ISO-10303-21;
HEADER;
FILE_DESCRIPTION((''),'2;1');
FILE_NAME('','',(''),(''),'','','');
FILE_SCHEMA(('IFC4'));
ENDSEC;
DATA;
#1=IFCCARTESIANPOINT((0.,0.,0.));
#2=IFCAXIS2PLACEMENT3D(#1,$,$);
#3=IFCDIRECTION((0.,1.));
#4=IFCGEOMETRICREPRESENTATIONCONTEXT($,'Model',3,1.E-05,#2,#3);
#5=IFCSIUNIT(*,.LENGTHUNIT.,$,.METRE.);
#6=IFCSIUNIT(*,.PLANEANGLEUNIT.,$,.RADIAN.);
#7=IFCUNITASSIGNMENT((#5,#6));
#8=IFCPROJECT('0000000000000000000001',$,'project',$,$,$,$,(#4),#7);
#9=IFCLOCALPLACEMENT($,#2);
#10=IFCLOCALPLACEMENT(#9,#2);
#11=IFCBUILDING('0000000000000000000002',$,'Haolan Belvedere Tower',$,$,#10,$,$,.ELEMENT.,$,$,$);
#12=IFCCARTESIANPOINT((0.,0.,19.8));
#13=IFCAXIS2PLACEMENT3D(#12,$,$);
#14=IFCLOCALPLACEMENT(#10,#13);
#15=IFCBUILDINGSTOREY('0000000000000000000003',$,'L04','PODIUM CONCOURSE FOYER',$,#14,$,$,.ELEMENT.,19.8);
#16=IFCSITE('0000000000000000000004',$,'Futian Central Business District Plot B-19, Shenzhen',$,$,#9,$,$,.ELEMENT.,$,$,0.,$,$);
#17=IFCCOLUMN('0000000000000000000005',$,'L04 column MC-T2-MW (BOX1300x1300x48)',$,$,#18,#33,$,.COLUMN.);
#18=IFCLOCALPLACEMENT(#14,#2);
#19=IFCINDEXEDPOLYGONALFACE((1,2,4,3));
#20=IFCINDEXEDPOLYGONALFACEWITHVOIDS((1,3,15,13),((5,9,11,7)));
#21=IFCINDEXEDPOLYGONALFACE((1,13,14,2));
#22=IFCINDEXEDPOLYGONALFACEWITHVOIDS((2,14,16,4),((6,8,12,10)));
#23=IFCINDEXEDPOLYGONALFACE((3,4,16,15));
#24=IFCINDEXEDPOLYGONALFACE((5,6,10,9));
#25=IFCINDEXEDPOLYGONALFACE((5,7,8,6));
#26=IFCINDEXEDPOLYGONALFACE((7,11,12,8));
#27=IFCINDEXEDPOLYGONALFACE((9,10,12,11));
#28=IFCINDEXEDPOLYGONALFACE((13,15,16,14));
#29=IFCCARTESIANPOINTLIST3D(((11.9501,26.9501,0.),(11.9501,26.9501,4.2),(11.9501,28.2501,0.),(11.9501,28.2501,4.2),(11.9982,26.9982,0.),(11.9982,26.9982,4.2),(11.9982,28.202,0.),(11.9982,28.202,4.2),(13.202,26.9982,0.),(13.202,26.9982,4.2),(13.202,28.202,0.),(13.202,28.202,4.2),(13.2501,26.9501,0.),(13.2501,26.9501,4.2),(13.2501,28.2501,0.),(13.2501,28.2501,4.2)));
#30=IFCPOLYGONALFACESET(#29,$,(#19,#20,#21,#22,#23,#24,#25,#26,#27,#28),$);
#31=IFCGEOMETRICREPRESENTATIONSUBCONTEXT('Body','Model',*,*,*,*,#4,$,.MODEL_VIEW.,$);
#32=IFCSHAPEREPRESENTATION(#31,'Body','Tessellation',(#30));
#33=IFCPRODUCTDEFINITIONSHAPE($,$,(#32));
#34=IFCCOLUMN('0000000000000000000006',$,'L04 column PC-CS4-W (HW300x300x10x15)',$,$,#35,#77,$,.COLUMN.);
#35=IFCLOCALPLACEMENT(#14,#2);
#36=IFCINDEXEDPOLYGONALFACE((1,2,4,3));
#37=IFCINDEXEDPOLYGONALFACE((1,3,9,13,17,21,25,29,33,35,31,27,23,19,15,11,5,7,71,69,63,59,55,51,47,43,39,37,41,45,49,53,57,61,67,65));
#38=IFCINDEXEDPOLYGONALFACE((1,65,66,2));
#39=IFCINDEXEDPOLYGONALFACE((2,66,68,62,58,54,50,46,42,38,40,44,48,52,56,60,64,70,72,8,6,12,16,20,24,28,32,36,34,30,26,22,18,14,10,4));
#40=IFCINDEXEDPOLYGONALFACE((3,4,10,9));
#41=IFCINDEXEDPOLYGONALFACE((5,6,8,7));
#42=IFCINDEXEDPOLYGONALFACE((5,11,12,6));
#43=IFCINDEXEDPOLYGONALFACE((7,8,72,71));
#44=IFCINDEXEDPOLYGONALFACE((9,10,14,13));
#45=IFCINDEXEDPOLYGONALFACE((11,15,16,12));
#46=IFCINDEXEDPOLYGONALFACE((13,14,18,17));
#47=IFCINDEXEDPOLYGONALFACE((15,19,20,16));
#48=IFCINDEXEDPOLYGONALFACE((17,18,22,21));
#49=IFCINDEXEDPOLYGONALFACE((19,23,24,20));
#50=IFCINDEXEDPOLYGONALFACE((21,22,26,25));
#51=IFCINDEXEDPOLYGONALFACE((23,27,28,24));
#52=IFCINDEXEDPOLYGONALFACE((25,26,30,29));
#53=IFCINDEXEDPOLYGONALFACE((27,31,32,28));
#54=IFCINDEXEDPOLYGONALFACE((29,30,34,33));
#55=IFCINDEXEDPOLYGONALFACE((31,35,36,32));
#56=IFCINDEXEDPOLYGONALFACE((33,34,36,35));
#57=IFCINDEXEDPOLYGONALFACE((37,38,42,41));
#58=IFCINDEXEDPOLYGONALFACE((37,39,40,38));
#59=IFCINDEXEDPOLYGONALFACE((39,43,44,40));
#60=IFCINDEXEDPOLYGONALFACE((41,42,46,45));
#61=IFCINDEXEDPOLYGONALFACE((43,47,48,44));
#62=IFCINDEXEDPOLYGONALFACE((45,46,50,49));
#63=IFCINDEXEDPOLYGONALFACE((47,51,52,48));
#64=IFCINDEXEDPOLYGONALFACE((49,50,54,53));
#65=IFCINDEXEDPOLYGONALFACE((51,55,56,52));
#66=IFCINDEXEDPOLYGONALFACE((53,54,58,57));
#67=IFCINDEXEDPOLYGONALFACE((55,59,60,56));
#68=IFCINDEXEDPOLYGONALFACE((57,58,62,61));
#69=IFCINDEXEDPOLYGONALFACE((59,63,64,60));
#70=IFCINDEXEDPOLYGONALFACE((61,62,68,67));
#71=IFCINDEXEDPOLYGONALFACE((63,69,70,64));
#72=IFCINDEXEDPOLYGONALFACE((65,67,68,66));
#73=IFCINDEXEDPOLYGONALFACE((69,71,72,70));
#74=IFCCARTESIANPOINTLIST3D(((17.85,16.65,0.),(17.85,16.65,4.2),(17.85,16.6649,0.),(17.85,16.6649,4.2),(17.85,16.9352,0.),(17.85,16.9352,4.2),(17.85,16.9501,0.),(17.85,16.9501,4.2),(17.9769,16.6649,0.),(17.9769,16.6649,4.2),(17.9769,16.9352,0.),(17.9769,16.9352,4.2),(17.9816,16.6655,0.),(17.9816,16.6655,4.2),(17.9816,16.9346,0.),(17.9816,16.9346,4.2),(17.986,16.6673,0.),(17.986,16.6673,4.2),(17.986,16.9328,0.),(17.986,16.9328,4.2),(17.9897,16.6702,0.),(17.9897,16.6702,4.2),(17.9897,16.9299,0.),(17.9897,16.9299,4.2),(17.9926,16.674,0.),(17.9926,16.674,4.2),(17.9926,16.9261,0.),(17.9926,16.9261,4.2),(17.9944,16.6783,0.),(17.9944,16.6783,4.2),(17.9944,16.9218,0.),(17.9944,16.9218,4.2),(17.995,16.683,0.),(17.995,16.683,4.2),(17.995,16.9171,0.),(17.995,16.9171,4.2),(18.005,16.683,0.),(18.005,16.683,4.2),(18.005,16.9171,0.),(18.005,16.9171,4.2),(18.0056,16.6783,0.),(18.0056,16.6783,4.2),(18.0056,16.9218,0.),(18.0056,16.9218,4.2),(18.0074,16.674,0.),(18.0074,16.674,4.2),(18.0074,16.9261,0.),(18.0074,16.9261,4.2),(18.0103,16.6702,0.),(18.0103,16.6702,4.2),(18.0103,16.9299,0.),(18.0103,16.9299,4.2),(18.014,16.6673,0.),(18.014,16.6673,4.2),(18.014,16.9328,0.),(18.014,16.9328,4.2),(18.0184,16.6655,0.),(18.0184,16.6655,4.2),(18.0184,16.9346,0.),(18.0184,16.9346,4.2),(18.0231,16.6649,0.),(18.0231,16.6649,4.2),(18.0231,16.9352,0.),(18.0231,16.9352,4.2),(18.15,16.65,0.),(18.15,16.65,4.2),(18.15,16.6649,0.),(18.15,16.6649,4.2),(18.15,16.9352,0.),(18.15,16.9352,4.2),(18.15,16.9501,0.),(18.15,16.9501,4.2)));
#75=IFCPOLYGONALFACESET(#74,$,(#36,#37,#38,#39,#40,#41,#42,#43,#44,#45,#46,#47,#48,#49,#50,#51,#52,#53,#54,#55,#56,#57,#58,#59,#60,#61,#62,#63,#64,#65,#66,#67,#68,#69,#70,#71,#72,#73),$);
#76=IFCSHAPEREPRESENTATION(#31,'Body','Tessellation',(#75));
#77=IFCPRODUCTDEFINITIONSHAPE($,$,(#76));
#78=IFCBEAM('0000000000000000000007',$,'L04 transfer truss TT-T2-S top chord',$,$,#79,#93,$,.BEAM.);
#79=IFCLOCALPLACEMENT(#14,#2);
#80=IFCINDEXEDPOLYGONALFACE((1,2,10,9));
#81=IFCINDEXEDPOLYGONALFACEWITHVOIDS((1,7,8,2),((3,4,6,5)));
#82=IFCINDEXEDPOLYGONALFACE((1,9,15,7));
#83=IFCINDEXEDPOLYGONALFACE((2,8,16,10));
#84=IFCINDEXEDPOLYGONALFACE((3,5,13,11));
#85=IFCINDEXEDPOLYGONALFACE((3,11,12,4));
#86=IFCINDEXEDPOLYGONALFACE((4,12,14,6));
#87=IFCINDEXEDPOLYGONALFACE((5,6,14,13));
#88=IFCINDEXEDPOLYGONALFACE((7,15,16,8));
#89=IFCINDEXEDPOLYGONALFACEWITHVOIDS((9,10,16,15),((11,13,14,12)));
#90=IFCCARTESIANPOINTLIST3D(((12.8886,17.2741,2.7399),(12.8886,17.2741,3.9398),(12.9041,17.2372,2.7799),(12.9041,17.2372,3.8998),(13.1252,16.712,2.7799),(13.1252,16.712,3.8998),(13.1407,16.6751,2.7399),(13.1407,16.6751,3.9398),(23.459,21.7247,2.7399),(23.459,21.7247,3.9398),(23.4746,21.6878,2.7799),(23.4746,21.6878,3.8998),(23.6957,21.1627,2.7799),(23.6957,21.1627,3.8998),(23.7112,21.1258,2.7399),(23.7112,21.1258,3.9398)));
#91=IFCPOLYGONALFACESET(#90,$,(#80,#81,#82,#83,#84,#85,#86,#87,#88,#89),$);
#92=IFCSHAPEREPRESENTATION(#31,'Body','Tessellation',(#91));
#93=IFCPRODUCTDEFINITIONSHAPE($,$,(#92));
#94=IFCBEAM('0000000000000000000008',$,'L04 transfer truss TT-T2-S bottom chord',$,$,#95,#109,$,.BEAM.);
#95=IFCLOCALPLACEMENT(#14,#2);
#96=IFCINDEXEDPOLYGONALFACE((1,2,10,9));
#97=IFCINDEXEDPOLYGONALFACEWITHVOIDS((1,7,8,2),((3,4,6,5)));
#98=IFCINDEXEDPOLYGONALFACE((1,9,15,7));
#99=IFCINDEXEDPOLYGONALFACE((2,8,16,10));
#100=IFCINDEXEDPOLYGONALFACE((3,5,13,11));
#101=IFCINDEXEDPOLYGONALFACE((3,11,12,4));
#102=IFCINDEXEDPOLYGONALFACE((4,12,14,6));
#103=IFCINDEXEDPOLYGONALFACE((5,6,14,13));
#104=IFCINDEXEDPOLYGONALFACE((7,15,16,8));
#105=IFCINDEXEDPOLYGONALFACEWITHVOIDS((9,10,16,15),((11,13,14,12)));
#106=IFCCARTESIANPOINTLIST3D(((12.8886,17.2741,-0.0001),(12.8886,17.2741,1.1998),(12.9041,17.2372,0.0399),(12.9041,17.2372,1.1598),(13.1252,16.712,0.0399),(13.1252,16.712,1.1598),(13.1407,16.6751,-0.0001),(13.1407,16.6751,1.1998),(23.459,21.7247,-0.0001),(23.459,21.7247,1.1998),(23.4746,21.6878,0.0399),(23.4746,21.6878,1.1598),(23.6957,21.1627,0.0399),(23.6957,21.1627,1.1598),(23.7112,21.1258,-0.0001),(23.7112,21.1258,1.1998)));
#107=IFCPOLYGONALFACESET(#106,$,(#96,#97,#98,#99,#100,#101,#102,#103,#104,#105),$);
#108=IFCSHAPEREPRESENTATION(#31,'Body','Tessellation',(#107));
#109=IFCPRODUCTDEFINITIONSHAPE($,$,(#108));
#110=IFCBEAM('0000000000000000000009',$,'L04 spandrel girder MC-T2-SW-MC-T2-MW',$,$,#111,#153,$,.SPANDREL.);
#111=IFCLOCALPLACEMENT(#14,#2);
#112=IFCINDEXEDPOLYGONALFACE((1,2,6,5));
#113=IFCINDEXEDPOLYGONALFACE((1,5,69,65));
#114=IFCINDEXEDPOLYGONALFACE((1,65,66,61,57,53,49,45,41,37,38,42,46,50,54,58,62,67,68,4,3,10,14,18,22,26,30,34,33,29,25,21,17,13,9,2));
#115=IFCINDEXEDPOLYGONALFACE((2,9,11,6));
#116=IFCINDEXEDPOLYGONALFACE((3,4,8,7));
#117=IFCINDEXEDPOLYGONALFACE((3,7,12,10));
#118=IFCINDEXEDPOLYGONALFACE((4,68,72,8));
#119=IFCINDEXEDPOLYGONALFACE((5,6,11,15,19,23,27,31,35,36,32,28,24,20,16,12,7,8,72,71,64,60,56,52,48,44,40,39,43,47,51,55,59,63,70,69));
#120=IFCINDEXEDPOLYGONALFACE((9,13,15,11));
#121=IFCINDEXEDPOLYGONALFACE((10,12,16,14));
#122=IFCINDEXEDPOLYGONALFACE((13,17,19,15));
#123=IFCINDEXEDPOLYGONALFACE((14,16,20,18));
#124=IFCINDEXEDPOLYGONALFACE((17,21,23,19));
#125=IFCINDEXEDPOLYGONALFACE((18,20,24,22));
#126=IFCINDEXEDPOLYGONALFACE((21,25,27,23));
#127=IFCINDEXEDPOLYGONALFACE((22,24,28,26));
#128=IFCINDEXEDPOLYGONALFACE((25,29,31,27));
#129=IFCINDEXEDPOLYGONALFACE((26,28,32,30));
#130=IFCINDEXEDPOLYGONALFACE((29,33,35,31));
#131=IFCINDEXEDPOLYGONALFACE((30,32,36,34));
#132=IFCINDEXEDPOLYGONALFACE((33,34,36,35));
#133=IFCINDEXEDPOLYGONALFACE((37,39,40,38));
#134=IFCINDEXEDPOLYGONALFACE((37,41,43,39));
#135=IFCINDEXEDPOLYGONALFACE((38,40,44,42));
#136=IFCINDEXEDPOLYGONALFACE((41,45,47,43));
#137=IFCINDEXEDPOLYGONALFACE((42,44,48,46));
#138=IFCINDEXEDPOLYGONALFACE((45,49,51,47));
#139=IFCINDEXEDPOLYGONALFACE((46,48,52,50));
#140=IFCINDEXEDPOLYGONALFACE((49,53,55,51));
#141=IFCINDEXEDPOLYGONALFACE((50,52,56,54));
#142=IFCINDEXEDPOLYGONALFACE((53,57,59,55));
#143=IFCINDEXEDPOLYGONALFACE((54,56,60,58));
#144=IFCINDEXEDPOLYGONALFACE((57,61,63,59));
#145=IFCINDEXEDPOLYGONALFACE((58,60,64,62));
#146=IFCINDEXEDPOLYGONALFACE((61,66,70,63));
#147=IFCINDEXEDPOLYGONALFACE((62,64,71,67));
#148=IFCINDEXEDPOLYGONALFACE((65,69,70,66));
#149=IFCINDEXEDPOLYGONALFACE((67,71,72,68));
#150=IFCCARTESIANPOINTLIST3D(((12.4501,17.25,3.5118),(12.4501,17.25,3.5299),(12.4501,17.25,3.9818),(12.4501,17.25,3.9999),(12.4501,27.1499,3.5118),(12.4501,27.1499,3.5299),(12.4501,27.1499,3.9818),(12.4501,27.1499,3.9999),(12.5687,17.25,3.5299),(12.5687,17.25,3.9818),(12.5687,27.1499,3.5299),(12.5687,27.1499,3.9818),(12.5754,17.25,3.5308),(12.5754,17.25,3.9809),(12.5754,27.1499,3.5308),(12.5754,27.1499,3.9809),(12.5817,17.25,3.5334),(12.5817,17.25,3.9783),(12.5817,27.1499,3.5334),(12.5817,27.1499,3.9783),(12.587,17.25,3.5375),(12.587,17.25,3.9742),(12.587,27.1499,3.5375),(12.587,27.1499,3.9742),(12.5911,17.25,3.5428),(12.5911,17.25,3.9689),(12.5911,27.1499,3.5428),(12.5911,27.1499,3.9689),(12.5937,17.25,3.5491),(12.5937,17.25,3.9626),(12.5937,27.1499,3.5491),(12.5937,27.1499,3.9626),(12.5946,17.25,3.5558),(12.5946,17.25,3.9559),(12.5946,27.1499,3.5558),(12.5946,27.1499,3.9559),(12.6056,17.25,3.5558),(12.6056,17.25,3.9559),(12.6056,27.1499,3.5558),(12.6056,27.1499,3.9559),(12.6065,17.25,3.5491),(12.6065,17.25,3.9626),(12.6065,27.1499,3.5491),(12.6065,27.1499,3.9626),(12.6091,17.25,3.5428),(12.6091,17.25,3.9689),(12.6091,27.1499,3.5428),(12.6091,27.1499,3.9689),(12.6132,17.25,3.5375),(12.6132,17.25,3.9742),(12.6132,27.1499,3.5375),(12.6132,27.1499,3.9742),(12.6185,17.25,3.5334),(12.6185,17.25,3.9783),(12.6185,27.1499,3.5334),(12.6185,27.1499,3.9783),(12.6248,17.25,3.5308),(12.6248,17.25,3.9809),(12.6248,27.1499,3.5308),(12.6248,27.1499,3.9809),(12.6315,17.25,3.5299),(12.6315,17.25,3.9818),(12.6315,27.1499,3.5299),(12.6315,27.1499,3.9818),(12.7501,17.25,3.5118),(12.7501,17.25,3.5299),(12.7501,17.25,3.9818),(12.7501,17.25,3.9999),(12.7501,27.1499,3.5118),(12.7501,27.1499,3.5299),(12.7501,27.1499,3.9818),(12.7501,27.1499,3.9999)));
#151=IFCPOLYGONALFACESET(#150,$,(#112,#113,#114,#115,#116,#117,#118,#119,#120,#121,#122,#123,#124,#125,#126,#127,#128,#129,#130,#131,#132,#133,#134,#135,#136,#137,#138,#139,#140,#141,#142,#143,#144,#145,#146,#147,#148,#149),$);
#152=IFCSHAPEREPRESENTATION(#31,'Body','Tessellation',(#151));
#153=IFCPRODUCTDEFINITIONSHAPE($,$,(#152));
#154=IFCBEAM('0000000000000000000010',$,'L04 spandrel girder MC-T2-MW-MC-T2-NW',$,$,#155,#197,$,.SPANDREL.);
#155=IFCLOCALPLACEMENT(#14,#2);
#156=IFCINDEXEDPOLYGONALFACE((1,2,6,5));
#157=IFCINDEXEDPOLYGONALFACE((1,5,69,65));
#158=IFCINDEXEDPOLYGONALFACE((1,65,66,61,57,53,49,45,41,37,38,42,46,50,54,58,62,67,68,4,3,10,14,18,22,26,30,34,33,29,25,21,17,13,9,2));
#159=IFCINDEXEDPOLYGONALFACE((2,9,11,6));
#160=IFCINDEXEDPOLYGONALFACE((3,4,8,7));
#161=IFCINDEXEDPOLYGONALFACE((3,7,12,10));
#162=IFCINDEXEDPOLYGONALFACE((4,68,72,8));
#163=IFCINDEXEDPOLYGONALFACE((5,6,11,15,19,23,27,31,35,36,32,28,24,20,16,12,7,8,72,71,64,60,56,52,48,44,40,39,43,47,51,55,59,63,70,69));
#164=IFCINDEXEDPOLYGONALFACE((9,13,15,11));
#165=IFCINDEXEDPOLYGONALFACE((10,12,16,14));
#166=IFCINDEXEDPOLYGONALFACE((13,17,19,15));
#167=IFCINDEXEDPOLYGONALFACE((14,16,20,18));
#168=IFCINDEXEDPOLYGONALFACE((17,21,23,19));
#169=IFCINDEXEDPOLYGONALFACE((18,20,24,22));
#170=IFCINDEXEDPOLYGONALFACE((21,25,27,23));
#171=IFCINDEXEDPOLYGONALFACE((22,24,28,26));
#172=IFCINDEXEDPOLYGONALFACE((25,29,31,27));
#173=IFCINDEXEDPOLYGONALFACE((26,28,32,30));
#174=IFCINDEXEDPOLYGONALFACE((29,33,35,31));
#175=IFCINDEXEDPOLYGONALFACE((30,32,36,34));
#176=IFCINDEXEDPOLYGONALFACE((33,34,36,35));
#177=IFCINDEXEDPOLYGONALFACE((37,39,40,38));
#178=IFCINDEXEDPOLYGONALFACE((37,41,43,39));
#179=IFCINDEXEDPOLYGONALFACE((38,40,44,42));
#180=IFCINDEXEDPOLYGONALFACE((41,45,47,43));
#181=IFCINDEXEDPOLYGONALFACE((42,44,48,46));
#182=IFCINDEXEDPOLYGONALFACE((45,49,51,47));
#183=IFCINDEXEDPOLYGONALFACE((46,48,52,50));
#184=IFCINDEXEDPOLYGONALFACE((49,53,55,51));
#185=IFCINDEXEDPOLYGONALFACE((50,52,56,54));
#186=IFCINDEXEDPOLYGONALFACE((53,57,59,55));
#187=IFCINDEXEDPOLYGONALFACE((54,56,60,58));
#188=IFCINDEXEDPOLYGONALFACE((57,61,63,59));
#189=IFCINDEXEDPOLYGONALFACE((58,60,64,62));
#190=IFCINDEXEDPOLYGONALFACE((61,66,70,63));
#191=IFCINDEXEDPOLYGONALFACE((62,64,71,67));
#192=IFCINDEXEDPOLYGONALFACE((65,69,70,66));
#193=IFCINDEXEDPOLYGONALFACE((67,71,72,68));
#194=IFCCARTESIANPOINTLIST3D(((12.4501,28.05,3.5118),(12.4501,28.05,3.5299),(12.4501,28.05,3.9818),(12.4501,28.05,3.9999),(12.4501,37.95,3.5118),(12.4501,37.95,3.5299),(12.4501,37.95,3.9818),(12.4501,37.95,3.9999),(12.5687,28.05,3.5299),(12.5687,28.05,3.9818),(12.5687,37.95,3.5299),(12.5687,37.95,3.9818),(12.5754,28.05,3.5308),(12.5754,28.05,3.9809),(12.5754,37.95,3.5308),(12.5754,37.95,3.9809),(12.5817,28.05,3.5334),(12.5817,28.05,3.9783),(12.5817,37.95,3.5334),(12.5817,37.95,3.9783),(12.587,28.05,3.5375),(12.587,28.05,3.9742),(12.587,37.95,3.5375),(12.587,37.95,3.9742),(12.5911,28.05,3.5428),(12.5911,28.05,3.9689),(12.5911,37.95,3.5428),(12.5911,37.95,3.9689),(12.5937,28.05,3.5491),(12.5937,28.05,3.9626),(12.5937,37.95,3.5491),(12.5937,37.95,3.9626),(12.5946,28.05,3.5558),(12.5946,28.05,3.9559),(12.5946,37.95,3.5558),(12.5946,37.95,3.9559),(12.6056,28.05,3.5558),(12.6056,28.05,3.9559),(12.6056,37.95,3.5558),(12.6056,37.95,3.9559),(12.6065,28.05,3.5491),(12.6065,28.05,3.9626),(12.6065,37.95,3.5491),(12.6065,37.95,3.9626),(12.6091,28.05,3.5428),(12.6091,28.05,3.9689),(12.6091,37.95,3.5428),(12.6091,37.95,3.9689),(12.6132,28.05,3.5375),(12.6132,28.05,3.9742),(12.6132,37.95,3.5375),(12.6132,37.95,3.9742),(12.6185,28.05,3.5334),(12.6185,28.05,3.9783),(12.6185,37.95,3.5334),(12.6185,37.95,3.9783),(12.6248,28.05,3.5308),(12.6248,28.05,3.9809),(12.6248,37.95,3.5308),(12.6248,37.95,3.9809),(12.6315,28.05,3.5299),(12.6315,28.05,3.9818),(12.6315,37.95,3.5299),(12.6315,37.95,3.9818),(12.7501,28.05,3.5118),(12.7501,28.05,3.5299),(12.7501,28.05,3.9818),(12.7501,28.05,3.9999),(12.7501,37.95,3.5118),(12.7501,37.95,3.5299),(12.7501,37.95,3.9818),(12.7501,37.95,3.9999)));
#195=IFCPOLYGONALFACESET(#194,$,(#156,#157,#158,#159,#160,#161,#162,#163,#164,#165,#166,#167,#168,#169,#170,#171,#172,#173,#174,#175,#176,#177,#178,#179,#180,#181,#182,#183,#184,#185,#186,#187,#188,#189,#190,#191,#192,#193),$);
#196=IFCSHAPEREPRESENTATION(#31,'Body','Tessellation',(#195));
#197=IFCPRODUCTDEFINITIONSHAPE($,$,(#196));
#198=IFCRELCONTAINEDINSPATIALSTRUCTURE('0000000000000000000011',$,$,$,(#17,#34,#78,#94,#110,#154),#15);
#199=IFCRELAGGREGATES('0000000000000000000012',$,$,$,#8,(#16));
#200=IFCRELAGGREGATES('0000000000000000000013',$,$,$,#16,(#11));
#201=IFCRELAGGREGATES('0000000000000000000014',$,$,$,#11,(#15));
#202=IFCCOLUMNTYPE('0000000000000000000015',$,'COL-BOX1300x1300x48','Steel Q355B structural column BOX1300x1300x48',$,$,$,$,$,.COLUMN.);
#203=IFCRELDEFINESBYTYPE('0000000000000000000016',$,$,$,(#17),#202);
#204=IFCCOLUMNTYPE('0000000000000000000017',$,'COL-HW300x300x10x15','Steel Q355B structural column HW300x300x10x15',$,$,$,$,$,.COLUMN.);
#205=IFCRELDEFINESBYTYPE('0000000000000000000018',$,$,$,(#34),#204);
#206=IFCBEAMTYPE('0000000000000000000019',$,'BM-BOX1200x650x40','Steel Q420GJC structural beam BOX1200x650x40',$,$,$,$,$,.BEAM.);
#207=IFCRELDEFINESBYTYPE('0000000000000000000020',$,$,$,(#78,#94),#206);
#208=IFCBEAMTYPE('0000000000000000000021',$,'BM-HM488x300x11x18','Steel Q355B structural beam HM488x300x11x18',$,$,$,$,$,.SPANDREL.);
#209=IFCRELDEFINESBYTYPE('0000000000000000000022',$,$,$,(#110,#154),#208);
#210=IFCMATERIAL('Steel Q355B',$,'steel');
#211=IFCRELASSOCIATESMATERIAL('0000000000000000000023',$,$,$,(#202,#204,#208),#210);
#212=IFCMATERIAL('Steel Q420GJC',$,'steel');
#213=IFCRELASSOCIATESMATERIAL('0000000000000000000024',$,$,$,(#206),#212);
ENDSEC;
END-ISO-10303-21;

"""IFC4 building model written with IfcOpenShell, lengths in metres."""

from ifc_helpers import new_model, si_unit, direction, frame, origin, origin_2d, place, context, subcontext, project, spatial, hollow_rectangle, i_section, extrude, material, material_profile, profile_set, type_object, element, save


model = new_model("IFC4")

# Units and contexts
model_context = context("Model", 3, precision=1e-05, world=origin(), true_north=direction((0.0, 1.0)))
body_context = subcontext(model_context, "Body", "Model", "MODEL_VIEW")
ifc_project = project(units=[si_unit("LENGTHUNIT", "METRE"), si_unit("PLANEANGLEUNIT", "RADIAN")], contexts=[model_context])

# Site, building, storey
site_placement = place(None, origin())
site = spatial("IfcSite", under=ifc_project, at=site_placement, Name="Futian Central Business District Plot B-19, Shenzhen", CompositionType="ELEMENT", RefElevation=0.0)
building_placement = place(site_placement, origin())
building = spatial("IfcBuilding", under=site, at=building_placement, Name="Haolan Belvedere Tower", CompositionType="ELEMENT")
storey_placement = place(building_placement, frame((0.0, 0.0, 19.8)))
storey = spatial("IfcBuildingStorey", under=building, at=storey_placement, Name="L04", Description="PODIUM CONCOURSE FOYER", CompositionType="ELEMENT", Elevation=19.8)

# Columns
ifc_material_1 = material(Name="Steel Q355B", Category="steel")
ifc_material_profile_1 = material_profile(ifc_material_1, hollow_rectangle(XDim=1.3, YDim=1.3, WallThickness=0.0481, at=origin_2d()), Name="Steel Q355B")
ifc_profile_set_1 = profile_set([ifc_material_profile_1], Name="Steel Q355B")
column_type_1 = type_object("IfcColumnType", Name="COL-BOX1300x1300x48", Description="Steel Q355B structural column BOX1300x1300x48", PredefinedType="COLUMN", material=ifc_profile_set_1)
column_1_placement = place(storey_placement, frame((12.6001, 27.6001, 0.0), z_axis=(0.0, 0.0, 1.0), x_axis=(1.0, 0.0, 0.0)))
element("IfcColumn", 1, at=column_1_placement, inside=storey, type_object=column_type_1, Name="L04 column MC-T2-MW (BOX1300x1300x48)", PredefinedType="COLUMN", context=body_context, shape_type="SweptSolid", body=[
    extrude(hollow_rectangle(XDim=1.3, YDim=1.3, WallThickness=0.0481, at=origin_2d()), origin(), (0.0, 0.0, 1.0), 4.2),
])
ifc_material_profile_2 = material_profile(ifc_material_1, i_section(OverallWidth=0.3, OverallDepth=0.3, WebThickness=0.01, FlangeThickness=0.0149, FilletRadius=0.0181, at=origin_2d()), Name="Steel Q355B")
ifc_profile_set_2 = profile_set([ifc_material_profile_2], Name="Steel Q355B")
column_type_2 = type_object("IfcColumnType", Name="COL-HW300x300x10x15", Description="Steel Q355B structural column HW300x300x10x15", PredefinedType="COLUMN", material=ifc_profile_set_2)
column_2_placement = place(storey_placement, frame((18.0, 16.8, 0.0), z_axis=(0.0, 0.0, 1.0), x_axis=(1.0, 0.0, 0.0)))
element("IfcColumn", 2, at=column_2_placement, inside=storey, type_object=column_type_2, Name="L04 column PC-CS4-W (HW300x300x10x15)", PredefinedType="COLUMN", context=body_context, shape_type="SweptSolid", body=[
    extrude(i_section(OverallWidth=0.3, OverallDepth=0.3, WebThickness=0.01, FlangeThickness=0.0149, FilletRadius=0.0181, at=origin_2d()), origin(), (0.0, 0.0, 1.0), 4.2),
])

# Beams
ifc_material_2 = material(Name="Steel Q420GJC", Category="steel")
ifc_material_profile_3 = material_profile(ifc_material_2, hollow_rectangle(XDim=0.6499, YDim=1.2, WallThickness=0.04, at=origin_2d()), Name="Steel Q420GJC")
ifc_profile_set_3 = profile_set([ifc_material_profile_3], Name="Steel Q420GJC")
beam_type_1 = type_object("IfcBeamType", Name="BM-BOX1200x650x40", Description="Steel Q420GJC structural beam BOX1200x650x40", PredefinedType="BEAM", material=ifc_profile_set_3)
for number, where, z_axis, x_axis, name in (
    (3, (13.0146, 16.9746, 3.3398), (0.921638, 0.388051, 0.0), (-0.388051, 0.921638, 0.0), "L04 transfer truss TT-T2-S top chord"),
    (4, (13.0146, 16.9746, 0.5999), (0.921638, 0.388051, 0.0), (-0.388051, 0.921638, 0.0), "L04 transfer truss TT-T2-S bottom chord"),
):
    element("IfcBeam", number, at=place(storey_placement, frame(where, z_axis=z_axis, x_axis=x_axis)), inside=storey, type_object=beam_type_1, Name=name, PredefinedType="BEAM", context=body_context, shape_type="SweptSolid", body=[
        extrude(hollow_rectangle(XDim=0.6499, YDim=1.2, WallThickness=0.04, at=origin_2d()), origin(), (0.0, 0.0, 1.0), 11.4692),
    ])
ifc_material_profile_4 = material_profile(ifc_material_1, i_section(OverallWidth=0.3, OverallDepth=0.488, WebThickness=0.011, FlangeThickness=0.0181, FilletRadius=0.0259, at=origin_2d()), Name="Steel Q355B")
ifc_profile_set_4 = profile_set([ifc_material_profile_4], Name="Steel Q355B")
beam_type_2 = type_object("IfcBeamType", Name="BM-HM488x300x11x18", Description="Steel Q355B structural beam HM488x300x11x18", PredefinedType="SPANDREL", material=ifc_profile_set_4)
for number, where, z_axis, x_axis, name in (
    (5, (12.6001, 17.25, 3.7559), (0.0, 1.0, 0.0), (-1.0, 0.0, 0.0), "L04 spandrel girder MC-T2-SW-MC-T2-MW"),
    (6, (12.6001, 28.05, 3.7559), (0.0, 1.0, 0.0), (-1.0, 0.0, 0.0), "L04 spandrel girder MC-T2-MW-MC-T2-NW"),
):
    element("IfcBeam", number, at=place(storey_placement, frame(where, z_axis=z_axis, x_axis=x_axis)), inside=storey, type_object=beam_type_2, Name=name, PredefinedType="SPANDREL", context=body_context, shape_type="SweptSolid", body=[
        extrude(i_section(OverallWidth=0.3, OverallDepth=0.488, WebThickness=0.011, FlangeThickness=0.0181, FilletRadius=0.0259, at=origin_2d()), origin(), (0.0, 0.0, 1.0), 9.8999),
    ])

save(model, "model.ifc")
